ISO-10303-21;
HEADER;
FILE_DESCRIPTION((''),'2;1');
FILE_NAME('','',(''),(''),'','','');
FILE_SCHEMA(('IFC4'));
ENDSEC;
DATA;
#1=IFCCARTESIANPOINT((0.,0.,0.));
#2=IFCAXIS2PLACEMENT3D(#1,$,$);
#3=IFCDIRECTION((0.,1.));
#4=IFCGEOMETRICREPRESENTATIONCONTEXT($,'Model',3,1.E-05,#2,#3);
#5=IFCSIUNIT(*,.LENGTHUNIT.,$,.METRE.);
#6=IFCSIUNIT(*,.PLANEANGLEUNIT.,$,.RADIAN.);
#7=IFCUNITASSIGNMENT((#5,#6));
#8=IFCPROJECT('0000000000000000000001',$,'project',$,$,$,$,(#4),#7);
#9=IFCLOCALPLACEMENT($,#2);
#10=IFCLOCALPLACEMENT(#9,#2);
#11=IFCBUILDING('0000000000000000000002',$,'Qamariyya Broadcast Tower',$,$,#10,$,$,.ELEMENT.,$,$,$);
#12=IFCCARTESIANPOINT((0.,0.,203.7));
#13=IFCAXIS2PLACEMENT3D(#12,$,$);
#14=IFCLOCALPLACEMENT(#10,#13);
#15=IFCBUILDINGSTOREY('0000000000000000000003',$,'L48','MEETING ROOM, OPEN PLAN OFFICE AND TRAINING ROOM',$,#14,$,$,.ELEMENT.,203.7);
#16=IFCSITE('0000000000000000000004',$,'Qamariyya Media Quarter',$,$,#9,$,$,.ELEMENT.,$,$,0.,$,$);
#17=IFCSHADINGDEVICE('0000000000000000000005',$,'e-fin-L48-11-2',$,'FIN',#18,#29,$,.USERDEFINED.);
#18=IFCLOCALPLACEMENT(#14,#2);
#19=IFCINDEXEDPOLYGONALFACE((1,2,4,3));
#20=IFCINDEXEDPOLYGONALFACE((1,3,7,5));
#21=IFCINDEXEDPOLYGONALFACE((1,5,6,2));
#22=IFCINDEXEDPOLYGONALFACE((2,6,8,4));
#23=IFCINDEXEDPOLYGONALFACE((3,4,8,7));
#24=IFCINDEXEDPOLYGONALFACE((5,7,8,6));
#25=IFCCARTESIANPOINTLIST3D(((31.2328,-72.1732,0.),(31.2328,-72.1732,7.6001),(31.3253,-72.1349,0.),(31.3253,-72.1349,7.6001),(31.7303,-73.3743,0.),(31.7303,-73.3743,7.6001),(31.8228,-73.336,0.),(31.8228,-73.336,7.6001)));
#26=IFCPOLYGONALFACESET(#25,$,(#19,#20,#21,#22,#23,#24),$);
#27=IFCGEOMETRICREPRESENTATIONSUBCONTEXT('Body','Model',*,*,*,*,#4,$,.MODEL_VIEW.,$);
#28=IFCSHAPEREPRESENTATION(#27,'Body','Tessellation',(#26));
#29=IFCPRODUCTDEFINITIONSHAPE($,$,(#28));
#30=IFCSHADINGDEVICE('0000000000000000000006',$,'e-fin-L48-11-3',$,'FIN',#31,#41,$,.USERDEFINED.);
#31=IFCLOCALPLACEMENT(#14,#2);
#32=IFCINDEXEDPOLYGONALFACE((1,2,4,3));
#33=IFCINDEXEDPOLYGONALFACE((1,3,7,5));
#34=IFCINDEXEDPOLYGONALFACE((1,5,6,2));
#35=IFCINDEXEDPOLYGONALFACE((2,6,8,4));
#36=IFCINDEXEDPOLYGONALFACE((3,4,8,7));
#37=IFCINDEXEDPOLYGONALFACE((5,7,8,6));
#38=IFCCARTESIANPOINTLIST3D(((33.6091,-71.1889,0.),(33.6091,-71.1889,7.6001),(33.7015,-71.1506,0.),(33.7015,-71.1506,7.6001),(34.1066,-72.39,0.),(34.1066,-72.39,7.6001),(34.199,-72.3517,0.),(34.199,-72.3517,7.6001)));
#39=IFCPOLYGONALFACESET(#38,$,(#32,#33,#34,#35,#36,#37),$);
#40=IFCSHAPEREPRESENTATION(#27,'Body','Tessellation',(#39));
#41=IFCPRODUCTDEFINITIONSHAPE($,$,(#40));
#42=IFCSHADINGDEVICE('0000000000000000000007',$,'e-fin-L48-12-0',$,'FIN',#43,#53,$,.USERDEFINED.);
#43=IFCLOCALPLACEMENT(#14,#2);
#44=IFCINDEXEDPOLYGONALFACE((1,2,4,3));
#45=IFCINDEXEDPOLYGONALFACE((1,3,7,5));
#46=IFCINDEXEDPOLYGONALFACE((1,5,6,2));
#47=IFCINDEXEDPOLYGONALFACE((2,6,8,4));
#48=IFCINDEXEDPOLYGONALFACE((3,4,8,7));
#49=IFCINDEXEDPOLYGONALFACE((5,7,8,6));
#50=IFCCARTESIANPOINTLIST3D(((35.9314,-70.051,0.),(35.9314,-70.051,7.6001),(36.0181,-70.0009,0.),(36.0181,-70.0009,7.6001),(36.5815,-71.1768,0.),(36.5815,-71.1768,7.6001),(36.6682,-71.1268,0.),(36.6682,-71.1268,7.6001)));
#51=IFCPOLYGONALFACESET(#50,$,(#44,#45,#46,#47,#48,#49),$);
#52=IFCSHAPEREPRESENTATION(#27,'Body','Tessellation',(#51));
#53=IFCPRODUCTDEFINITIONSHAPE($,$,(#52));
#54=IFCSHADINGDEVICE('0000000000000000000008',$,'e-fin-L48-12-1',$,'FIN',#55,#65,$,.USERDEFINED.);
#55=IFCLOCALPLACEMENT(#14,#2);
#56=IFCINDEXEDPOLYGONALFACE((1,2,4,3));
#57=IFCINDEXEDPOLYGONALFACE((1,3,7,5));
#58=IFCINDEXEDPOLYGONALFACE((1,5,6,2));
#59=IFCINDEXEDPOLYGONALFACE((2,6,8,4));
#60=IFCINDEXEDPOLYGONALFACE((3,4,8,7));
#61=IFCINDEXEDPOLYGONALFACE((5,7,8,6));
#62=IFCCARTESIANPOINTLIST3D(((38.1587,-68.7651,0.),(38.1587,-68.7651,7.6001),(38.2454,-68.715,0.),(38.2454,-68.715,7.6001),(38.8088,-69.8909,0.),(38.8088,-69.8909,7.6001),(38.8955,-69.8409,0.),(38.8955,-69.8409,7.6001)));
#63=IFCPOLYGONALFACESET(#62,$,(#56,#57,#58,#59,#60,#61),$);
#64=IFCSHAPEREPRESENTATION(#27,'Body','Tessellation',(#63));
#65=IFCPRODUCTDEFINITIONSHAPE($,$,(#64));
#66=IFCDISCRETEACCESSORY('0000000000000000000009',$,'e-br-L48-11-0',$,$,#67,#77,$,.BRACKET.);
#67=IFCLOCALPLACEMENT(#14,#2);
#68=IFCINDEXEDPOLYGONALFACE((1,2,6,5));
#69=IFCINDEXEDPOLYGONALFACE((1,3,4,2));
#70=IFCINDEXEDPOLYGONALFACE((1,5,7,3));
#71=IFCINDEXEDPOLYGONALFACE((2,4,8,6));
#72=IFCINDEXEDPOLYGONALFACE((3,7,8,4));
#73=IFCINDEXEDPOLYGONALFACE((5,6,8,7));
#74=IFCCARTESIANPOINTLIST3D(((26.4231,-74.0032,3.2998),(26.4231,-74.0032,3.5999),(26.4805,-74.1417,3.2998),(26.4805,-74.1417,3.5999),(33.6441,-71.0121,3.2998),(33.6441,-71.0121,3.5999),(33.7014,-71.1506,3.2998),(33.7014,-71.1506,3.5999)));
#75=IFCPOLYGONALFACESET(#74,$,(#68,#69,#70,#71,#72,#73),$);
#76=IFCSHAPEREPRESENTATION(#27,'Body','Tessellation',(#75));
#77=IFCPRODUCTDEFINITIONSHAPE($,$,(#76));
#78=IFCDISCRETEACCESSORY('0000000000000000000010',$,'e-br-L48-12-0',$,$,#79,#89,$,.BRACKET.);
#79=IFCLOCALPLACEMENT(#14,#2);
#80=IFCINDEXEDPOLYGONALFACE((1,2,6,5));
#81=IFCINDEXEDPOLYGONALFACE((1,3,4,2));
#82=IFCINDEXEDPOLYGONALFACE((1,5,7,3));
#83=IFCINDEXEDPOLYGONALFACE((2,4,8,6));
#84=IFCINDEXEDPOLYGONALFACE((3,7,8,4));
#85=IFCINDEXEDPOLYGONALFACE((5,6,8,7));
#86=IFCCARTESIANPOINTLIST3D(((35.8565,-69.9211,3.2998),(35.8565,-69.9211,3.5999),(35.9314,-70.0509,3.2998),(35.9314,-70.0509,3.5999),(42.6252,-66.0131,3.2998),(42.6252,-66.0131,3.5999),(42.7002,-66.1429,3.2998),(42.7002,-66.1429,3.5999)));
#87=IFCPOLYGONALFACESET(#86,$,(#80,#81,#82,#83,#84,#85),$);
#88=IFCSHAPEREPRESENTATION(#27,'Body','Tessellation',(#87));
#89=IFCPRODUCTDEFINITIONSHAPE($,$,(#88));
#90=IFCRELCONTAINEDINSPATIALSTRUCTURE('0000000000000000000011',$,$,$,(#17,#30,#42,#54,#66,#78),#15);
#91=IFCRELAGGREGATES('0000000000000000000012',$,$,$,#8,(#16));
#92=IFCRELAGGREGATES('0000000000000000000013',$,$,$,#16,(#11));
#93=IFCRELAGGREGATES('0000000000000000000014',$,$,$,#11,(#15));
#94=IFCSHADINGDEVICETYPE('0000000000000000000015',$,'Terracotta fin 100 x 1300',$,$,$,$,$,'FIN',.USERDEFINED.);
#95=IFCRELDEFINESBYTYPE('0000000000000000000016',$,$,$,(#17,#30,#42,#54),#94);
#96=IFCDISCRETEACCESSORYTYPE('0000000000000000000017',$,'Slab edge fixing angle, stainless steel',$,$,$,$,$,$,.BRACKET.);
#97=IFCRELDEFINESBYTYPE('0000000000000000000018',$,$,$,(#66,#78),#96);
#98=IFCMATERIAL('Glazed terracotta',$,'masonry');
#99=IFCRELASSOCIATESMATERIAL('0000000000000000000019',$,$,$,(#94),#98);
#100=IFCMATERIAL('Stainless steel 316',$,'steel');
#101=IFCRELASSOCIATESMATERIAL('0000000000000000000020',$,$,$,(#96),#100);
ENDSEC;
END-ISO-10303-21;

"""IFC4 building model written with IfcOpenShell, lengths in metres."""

from ifc_helpers import new_model, si_unit, direction, frame, origin, origin_2d, place, context, subcontext, project, spatial, rectangle, extrude, material, material_profile, profile_set, type_object, element, save


model = new_model("IFC4")

# Units and contexts
model_context = context("Model", 3, precision=1e-05, world=origin(), true_north=direction((0.0, 1.0)))
body_context = subcontext(model_context, "Body", "Model", "MODEL_VIEW")
ifc_project = project(units=[si_unit("LENGTHUNIT", "METRE"), si_unit("PLANEANGLEUNIT", "RADIAN")], contexts=[model_context])

# Site, building, storey
site_placement = place(None, origin())
site = spatial("IfcSite", under=ifc_project, at=site_placement, Name="Qamariyya Media Quarter", CompositionType="ELEMENT", RefElevation=0.0)
building_placement = place(site_placement, origin())
building = spatial("IfcBuilding", under=site, at=building_placement, Name="Qamariyya Broadcast Tower", CompositionType="ELEMENT")
storey_placement = place(building_placement, frame((0.0, 0.0, 203.7)))
storey = spatial("IfcBuildingStorey", under=building, at=storey_placement, Name="L48", Description="MEETING ROOM, OPEN PLAN OFFICE AND TRAINING ROOM", CompositionType="ELEMENT", Elevation=203.7)

# Shading devices
ifc_material_1 = material(Name="Glazed terracotta", Category="masonry")
ifc_material_profile_1 = material_profile(ifc_material_1, rectangle(XDim=1.3, YDim=0.1001, at=origin_2d()))
ifc_profile_set_1 = profile_set([ifc_material_profile_1], Name="Glazed terracotta")
shading_device_type_1 = type_object("IfcShadingDeviceType", Name="Terracotta fin 100 x 1300", ElementType="FIN", PredefinedType="USERDEFINED", material=ifc_profile_set_1)
for number, where, z_axis, x_axis, name in (
    (1, (31.5278, -72.7546, 0.0), (0.0, 0.0, 1.0), (0.382683, -0.92388, 0.0), "e-fin-L48-11-2"),
    (2, (33.9041, -71.7703, 0.0), (0.0, 0.0, 1.0), (0.382683, -0.92388, 0.0), "e-fin-L48-11-3"),
    (3, (36.2998, -70.5889, 0.0), (0.0, 0.0, 1.0), (0.5, -0.866025, 0.0), "e-fin-L48-12-0"),
    (4, (38.5271, -69.303, 0.0), (0.0, 0.0, 1.0), (0.5, -0.866025, 0.0), "e-fin-L48-12-1"),
):
    element("IfcShadingDevice", number, at=place(storey_placement, frame(where, z_axis=z_axis, x_axis=x_axis)), inside=storey, type_object=shading_device_type_1, Name=name, ObjectType="FIN", PredefinedType="USERDEFINED", context=body_context, shape_type="SweptSolid", body=[
        extrude(rectangle(XDim=1.3, YDim=0.1001, at=origin_2d()), origin(), (0.0, 0.0, 1.0), 7.6001),
    ])

# Discrete accessories
ifc_material_2 = material(Name="Stainless steel 316", Category="steel")
discrete_accessory_type = type_object("IfcDiscreteAccessoryType", Name="Slab edge fixing angle, stainless steel", PredefinedType="BRACKET", material=ifc_material_2)
for number, where, z_axis, x_axis, name in (
    (5, (30.0623, -72.5769, 3.2998), (0.0, 0.0, 1.0), (0.92388, 0.382683, 0.0), "e-br-L48-11-0"),
    (6, (39.2783, -68.032, 3.2998), (0.0, 0.0, 1.0), (0.866025, 0.5, 0.0), "e-br-L48-12-0"),
):
    element("IfcDiscreteAccessory", number, at=place(storey_placement, frame(where, z_axis=z_axis, x_axis=x_axis)), inside=storey, type_object=discrete_accessory_type, Name=name, PredefinedType="BRACKET", context=body_context, shape_type="SweptSolid", body=[
        extrude(rectangle(XDim=7.8159, YDim=0.1499, at=origin_2d()), origin(), (0.0, 0.0, 1.0), 0.3),
    ])

save(model, "model.ifc")
